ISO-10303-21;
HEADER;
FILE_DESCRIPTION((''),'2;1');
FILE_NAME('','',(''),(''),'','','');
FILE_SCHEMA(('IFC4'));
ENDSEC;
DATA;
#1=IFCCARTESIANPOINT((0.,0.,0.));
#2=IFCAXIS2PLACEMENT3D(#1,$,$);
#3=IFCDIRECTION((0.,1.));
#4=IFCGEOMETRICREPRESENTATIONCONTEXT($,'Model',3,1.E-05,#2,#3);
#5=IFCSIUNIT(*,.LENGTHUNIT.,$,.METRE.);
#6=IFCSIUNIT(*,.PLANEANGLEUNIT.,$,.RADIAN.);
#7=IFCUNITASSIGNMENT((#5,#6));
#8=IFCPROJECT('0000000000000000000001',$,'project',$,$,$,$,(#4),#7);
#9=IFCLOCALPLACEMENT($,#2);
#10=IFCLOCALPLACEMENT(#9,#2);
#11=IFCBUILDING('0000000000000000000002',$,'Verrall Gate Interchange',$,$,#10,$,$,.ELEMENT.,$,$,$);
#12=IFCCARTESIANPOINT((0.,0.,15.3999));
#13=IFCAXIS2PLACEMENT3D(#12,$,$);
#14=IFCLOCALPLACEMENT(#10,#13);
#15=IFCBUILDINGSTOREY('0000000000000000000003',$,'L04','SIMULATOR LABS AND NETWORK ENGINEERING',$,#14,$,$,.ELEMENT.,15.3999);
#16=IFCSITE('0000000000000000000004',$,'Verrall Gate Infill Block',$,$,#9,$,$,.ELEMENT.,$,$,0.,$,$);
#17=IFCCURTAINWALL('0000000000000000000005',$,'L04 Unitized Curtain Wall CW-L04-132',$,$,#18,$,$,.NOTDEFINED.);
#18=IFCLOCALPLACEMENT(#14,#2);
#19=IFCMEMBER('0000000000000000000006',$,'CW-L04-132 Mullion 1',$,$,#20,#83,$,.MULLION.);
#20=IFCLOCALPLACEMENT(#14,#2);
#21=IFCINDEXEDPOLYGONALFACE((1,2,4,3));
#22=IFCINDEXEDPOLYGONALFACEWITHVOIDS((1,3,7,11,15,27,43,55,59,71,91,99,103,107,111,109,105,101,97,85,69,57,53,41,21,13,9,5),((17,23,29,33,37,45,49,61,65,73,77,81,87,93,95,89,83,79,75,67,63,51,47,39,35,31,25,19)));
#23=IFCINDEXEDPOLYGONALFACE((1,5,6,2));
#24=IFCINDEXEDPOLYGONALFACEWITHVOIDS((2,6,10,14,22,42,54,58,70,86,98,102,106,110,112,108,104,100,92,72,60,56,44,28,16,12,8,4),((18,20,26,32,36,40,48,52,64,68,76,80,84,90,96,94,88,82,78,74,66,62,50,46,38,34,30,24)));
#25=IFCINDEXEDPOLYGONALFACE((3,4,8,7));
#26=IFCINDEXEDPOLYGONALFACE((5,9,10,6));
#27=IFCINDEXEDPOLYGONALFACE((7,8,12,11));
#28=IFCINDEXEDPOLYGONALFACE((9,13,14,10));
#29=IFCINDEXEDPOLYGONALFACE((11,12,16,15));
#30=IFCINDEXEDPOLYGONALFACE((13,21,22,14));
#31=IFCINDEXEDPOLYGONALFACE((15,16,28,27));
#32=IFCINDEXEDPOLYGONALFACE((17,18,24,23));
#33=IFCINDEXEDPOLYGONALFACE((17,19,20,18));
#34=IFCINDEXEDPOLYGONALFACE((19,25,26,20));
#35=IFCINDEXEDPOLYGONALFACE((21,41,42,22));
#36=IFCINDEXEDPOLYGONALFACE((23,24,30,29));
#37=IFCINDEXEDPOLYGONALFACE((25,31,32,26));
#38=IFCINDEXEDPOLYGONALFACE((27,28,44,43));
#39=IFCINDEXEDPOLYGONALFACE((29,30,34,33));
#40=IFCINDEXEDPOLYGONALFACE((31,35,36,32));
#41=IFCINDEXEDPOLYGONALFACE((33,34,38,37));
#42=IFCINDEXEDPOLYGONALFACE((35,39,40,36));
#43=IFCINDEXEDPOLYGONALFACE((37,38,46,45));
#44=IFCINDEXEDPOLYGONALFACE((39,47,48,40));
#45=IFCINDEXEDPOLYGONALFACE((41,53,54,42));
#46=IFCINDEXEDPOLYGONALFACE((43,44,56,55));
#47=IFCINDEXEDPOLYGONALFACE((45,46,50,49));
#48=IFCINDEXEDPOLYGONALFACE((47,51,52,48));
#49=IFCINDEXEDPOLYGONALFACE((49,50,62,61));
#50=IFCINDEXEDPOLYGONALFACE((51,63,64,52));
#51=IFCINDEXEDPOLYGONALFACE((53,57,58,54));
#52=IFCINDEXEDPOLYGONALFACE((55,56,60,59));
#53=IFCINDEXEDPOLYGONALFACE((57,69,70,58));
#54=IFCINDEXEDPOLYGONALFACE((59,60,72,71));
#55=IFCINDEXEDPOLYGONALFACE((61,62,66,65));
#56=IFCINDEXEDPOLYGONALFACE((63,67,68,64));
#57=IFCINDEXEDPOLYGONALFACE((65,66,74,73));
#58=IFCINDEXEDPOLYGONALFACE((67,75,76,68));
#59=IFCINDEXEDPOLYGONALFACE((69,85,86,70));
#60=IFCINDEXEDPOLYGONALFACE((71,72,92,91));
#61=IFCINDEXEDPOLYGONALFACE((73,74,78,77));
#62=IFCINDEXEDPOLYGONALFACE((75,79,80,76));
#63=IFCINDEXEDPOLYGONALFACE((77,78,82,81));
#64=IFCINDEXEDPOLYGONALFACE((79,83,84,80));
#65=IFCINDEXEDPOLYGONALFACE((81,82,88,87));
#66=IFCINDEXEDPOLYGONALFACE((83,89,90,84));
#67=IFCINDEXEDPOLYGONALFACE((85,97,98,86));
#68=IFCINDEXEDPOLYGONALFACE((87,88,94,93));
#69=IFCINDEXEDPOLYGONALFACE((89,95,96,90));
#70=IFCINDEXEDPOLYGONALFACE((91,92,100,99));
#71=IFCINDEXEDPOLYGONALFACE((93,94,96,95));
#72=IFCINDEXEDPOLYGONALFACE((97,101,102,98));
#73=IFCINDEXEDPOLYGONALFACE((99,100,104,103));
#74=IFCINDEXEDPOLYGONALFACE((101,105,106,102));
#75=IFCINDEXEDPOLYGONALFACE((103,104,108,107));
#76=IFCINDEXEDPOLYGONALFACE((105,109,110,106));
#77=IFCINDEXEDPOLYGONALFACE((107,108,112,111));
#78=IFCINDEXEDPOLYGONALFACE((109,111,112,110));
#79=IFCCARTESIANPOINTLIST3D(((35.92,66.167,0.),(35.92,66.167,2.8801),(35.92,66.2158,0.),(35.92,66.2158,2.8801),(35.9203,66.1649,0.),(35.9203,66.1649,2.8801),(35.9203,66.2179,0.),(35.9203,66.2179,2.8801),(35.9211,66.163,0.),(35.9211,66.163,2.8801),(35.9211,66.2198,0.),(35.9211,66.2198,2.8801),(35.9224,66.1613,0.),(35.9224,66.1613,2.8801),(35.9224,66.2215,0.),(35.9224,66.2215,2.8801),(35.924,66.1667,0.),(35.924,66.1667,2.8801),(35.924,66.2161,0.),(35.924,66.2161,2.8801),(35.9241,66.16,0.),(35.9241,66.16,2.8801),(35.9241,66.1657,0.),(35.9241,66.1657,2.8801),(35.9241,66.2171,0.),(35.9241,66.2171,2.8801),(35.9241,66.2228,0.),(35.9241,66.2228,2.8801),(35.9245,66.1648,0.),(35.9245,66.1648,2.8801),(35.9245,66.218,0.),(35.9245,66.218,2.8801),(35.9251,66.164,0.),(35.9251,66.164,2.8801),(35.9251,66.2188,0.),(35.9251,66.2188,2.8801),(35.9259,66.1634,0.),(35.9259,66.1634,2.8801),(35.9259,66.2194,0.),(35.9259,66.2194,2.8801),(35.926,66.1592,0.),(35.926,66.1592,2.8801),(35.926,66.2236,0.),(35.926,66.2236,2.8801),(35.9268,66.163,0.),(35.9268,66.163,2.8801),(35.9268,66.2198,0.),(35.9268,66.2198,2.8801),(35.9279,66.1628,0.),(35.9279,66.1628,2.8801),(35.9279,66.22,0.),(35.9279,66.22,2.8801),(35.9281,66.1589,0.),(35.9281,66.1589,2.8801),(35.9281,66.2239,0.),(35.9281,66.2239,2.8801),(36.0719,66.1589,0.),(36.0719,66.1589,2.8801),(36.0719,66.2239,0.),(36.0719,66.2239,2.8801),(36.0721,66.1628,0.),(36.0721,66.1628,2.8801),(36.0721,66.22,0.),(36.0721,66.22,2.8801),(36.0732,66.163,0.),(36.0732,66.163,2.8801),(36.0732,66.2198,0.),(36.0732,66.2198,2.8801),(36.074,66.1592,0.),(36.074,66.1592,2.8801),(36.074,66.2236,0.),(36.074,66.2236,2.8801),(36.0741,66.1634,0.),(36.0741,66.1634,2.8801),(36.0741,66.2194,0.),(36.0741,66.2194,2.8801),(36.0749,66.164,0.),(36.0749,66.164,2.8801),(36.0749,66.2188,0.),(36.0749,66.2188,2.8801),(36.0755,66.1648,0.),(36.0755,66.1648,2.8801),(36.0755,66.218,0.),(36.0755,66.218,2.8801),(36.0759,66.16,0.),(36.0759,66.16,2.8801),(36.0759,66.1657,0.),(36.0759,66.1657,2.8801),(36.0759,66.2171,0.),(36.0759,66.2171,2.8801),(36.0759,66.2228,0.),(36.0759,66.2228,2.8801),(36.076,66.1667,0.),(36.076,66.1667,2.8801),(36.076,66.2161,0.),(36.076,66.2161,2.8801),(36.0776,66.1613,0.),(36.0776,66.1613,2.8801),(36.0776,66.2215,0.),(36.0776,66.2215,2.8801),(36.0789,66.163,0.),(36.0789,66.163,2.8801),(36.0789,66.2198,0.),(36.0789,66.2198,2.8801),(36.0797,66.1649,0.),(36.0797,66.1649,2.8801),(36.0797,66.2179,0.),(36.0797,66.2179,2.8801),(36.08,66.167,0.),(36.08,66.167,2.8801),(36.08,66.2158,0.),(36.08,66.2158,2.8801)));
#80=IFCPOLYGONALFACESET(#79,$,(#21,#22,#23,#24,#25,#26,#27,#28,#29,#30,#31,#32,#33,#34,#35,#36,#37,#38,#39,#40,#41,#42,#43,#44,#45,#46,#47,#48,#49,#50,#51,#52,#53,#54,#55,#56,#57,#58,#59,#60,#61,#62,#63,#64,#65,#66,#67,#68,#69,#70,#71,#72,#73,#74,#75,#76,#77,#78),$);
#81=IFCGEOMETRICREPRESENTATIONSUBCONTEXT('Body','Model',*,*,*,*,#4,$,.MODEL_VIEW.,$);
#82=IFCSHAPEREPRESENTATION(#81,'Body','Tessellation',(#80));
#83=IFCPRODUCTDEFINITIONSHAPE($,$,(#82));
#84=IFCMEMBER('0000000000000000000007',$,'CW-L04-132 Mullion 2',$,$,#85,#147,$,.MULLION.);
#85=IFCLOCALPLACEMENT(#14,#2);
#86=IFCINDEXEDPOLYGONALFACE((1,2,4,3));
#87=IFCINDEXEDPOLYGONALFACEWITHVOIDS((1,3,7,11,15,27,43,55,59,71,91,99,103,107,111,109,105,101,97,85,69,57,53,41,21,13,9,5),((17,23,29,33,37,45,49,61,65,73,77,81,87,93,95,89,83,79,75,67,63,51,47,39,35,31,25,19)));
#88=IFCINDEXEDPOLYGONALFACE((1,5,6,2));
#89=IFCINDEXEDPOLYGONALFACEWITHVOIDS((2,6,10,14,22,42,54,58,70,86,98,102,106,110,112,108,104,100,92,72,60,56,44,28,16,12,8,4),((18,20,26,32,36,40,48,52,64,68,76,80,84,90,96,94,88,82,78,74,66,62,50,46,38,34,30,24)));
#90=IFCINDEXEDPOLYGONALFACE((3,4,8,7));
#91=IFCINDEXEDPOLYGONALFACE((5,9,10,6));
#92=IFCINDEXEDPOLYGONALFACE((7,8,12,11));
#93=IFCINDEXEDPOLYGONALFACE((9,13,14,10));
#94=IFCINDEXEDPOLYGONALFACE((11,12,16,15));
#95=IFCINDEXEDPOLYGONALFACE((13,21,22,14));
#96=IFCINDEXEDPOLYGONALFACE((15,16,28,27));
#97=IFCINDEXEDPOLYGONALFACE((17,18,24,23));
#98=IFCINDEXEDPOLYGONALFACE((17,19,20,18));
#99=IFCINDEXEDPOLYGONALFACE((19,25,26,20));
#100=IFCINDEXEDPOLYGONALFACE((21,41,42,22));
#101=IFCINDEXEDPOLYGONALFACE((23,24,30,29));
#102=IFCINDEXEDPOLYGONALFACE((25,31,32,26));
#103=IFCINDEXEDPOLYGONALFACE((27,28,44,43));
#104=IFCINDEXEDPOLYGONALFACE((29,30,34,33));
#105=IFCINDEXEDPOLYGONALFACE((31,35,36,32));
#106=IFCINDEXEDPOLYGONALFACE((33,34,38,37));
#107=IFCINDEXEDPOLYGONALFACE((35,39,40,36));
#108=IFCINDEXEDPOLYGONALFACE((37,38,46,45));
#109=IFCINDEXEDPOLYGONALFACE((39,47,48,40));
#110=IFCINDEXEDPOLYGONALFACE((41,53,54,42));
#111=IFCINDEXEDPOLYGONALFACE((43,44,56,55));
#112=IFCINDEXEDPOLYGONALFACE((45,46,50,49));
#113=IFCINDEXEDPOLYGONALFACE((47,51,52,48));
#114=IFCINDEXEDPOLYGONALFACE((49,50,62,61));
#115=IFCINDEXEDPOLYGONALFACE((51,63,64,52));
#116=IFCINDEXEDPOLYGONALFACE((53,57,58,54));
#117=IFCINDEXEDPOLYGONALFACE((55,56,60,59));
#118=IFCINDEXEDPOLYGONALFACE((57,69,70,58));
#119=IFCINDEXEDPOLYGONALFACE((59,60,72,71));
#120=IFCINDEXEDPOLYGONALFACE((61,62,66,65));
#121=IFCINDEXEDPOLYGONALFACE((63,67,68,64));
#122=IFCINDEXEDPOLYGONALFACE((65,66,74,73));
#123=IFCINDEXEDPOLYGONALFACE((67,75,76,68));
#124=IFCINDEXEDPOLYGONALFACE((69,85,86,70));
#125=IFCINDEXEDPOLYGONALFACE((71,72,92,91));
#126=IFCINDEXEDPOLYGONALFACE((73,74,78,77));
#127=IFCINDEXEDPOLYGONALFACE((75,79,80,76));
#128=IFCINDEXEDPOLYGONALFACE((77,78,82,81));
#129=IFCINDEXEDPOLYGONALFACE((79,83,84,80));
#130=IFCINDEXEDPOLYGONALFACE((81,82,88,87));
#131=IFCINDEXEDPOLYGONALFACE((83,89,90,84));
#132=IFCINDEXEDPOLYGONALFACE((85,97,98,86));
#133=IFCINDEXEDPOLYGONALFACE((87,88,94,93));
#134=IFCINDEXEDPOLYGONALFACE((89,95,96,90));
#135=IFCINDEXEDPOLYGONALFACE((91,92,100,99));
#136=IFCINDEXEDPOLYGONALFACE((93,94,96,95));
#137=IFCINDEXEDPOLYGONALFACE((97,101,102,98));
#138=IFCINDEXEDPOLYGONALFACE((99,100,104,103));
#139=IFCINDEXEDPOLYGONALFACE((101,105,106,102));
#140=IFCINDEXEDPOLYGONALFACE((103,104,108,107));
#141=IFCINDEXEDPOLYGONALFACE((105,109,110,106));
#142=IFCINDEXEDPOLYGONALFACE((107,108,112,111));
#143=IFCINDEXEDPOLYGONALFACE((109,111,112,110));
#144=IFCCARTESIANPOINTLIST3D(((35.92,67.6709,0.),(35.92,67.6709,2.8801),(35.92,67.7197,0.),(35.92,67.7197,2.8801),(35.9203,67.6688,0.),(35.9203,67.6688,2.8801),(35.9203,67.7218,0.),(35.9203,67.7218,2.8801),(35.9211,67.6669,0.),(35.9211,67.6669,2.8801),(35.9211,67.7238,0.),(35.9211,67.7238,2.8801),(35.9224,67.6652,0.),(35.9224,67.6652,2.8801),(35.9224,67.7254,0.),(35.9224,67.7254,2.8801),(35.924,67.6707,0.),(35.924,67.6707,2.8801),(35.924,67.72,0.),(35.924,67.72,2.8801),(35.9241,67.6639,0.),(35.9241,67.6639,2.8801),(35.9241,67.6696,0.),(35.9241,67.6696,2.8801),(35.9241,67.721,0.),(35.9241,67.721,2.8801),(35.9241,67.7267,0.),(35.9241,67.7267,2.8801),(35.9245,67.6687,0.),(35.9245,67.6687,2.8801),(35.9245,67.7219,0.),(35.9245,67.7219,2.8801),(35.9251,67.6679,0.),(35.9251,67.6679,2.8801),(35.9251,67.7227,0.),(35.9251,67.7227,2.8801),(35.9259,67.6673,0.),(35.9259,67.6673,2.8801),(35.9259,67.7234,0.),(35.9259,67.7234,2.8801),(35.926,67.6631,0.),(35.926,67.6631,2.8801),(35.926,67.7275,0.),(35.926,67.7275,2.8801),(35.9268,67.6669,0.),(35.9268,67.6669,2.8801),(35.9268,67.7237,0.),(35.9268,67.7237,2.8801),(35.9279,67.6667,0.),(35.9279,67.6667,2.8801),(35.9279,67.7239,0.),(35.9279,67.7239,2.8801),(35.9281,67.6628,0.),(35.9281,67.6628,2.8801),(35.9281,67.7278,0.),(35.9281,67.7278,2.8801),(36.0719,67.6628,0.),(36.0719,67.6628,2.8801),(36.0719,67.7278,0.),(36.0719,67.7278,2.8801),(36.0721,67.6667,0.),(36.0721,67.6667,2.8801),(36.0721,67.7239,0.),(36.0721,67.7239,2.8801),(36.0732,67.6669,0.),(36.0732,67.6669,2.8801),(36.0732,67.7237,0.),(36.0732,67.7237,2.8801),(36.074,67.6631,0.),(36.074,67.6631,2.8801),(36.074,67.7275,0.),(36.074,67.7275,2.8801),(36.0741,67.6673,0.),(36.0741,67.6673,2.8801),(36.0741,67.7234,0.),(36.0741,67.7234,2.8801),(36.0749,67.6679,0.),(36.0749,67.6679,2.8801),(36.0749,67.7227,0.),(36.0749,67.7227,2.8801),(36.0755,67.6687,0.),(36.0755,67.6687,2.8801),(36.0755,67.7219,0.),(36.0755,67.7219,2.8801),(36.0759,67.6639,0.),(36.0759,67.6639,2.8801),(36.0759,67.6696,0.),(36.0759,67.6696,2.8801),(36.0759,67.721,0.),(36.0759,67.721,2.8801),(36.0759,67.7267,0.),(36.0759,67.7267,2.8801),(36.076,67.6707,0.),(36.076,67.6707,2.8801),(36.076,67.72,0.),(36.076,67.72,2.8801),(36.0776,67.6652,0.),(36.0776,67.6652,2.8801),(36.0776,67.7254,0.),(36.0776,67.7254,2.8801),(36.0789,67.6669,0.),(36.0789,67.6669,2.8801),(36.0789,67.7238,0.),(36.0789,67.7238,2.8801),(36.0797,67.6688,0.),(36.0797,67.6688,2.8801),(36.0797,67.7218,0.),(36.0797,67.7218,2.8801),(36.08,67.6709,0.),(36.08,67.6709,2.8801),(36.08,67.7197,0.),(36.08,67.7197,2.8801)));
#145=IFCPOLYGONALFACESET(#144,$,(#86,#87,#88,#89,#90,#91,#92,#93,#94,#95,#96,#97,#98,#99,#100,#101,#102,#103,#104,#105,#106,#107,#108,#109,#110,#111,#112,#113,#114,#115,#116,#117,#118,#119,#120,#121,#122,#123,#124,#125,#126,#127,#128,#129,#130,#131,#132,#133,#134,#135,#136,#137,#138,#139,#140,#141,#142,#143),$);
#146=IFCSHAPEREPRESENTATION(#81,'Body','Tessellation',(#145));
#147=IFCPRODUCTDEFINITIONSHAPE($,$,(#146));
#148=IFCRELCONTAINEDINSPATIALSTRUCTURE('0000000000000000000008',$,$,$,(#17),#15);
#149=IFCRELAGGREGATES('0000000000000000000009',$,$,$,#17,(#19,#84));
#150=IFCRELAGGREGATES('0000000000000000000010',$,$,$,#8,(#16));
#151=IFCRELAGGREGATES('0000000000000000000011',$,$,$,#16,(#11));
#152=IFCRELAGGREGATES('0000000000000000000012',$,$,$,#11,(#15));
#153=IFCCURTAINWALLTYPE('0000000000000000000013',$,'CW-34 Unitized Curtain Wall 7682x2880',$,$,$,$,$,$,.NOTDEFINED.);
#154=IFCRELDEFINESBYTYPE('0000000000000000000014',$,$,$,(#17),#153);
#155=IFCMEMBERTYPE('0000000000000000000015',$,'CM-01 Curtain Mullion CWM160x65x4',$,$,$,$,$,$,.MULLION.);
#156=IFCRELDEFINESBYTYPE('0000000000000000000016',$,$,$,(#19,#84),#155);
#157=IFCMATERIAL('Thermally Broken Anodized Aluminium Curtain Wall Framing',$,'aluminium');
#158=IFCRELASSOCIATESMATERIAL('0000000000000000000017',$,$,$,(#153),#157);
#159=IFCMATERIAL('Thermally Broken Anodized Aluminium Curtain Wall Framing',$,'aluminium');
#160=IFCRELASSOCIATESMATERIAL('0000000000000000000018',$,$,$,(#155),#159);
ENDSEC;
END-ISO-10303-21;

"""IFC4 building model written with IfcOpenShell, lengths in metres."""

from ifc_helpers import new_model, si_unit, direction, frame, origin, origin_2d, place, context, subcontext, project, spatial, hollow_rectangle, extrude, material, material_profile, profile_set, type_object, element, aggregate, save


model = new_model("IFC4")

# Units and contexts
model_context = context("Model", 3, precision=1e-05, world=origin(), true_north=direction((0.0, 1.0)))
body_context = subcontext(model_context, "Body", "Model", "MODEL_VIEW")
ifc_project = project(units=[si_unit("LENGTHUNIT", "METRE"), si_unit("PLANEANGLEUNIT", "RADIAN")], contexts=[model_context])

# Site, building, storey
site_placement = place(None, origin())
site = spatial("IfcSite", under=ifc_project, at=site_placement, Name="Verrall Gate Infill Block", CompositionType="ELEMENT", RefElevation=0.0)
building_placement = place(site_placement, origin())
building = spatial("IfcBuilding", under=site, at=building_placement, Name="Verrall Gate Interchange", CompositionType="ELEMENT")
storey_placement = place(building_placement, frame((0.0, 0.0, 15.3999)))
storey = spatial("IfcBuildingStorey", under=building, at=storey_placement, Name="L04", Description="SIMULATOR LABS AND NETWORK ENGINEERING", CompositionType="ELEMENT", Elevation=15.3999)

# Curtain wall, members
ifc_material_1 = material(Name="Thermally Broken Anodized Aluminium Curtain Wall Framing", Category="aluminium")
curtain_wall_type_1 = type_object("IfcCurtainWallType", Name="CW-34 Unitized Curtain Wall 7682x2880", PredefinedType="NOTDEFINED", material=ifc_material_1)
curtain_wall_1_placement = place(storey_placement, origin())
curtain_wall_1 = element("IfcCurtainWall", 1, at=curtain_wall_1_placement, inside=storey, type_object=curtain_wall_type_1, Name="L04 Unitized Curtain Wall CW-L04-132", PredefinedType="NOTDEFINED")
ifc_material_2 = material(Name="Thermally Broken Anodized Aluminium Curtain Wall Framing", Category="aluminium")
ifc_material_profile_1 = material_profile(ifc_material_2, hollow_rectangle(XDim=0.0649, YDim=0.1599, WallThickness=0.0039, InnerFilletRadius=0.0039, OuterFilletRadius=0.0081, at=origin_2d()), Name="CWM160x65x4")
ifc_profile_set_1 = profile_set([ifc_material_profile_1], Name="Thermally Broken Anodized Aluminium Curtain Wall Framing")
member_type_1 = type_object("IfcMemberType", Name="CM-01 Curtain Mullion CWM160x65x4", PredefinedType="MULLION", material=ifc_profile_set_1)
member_1_placement = place(storey_placement, frame((36.0, 66.1914, 0.0), z_axis=(0.0, 0.0, 1.0), x_axis=(0.0, 1.0, 0.0)))
member_1 = element("IfcMember", 2, at=member_1_placement, type_object=member_type_1, Name="CW-L04-132 Mullion 1", PredefinedType="MULLION", context=body_context, shape_type="SweptSolid", body=[
    extrude(hollow_rectangle(XDim=0.0649, YDim=0.1599, WallThickness=0.0039, InnerFilletRadius=0.0039, OuterFilletRadius=0.0081, at=origin_2d()), origin(), (0.0, 0.0, 1.0), 2.8801),
])
member_2_placement = place(storey_placement, frame((36.0, 67.6953, 0.0), z_axis=(0.0, 0.0, 1.0), x_axis=(0.0, 1.0, 0.0)))
member_2 = element("IfcMember", 3, at=member_2_placement, type_object=member_type_1, Name="CW-L04-132 Mullion 2", PredefinedType="MULLION", context=body_context, shape_type="SweptSolid", body=[
    extrude(hollow_rectangle(XDim=0.0649, YDim=0.1599, WallThickness=0.0039, InnerFilletRadius=0.0039, OuterFilletRadius=0.0081, at=origin_2d()), origin(), (0.0, 0.0, 1.0), 2.8801),
])

aggregate(curtain_wall_1, [member_1, member_2])

save(model, "model.ifc")
